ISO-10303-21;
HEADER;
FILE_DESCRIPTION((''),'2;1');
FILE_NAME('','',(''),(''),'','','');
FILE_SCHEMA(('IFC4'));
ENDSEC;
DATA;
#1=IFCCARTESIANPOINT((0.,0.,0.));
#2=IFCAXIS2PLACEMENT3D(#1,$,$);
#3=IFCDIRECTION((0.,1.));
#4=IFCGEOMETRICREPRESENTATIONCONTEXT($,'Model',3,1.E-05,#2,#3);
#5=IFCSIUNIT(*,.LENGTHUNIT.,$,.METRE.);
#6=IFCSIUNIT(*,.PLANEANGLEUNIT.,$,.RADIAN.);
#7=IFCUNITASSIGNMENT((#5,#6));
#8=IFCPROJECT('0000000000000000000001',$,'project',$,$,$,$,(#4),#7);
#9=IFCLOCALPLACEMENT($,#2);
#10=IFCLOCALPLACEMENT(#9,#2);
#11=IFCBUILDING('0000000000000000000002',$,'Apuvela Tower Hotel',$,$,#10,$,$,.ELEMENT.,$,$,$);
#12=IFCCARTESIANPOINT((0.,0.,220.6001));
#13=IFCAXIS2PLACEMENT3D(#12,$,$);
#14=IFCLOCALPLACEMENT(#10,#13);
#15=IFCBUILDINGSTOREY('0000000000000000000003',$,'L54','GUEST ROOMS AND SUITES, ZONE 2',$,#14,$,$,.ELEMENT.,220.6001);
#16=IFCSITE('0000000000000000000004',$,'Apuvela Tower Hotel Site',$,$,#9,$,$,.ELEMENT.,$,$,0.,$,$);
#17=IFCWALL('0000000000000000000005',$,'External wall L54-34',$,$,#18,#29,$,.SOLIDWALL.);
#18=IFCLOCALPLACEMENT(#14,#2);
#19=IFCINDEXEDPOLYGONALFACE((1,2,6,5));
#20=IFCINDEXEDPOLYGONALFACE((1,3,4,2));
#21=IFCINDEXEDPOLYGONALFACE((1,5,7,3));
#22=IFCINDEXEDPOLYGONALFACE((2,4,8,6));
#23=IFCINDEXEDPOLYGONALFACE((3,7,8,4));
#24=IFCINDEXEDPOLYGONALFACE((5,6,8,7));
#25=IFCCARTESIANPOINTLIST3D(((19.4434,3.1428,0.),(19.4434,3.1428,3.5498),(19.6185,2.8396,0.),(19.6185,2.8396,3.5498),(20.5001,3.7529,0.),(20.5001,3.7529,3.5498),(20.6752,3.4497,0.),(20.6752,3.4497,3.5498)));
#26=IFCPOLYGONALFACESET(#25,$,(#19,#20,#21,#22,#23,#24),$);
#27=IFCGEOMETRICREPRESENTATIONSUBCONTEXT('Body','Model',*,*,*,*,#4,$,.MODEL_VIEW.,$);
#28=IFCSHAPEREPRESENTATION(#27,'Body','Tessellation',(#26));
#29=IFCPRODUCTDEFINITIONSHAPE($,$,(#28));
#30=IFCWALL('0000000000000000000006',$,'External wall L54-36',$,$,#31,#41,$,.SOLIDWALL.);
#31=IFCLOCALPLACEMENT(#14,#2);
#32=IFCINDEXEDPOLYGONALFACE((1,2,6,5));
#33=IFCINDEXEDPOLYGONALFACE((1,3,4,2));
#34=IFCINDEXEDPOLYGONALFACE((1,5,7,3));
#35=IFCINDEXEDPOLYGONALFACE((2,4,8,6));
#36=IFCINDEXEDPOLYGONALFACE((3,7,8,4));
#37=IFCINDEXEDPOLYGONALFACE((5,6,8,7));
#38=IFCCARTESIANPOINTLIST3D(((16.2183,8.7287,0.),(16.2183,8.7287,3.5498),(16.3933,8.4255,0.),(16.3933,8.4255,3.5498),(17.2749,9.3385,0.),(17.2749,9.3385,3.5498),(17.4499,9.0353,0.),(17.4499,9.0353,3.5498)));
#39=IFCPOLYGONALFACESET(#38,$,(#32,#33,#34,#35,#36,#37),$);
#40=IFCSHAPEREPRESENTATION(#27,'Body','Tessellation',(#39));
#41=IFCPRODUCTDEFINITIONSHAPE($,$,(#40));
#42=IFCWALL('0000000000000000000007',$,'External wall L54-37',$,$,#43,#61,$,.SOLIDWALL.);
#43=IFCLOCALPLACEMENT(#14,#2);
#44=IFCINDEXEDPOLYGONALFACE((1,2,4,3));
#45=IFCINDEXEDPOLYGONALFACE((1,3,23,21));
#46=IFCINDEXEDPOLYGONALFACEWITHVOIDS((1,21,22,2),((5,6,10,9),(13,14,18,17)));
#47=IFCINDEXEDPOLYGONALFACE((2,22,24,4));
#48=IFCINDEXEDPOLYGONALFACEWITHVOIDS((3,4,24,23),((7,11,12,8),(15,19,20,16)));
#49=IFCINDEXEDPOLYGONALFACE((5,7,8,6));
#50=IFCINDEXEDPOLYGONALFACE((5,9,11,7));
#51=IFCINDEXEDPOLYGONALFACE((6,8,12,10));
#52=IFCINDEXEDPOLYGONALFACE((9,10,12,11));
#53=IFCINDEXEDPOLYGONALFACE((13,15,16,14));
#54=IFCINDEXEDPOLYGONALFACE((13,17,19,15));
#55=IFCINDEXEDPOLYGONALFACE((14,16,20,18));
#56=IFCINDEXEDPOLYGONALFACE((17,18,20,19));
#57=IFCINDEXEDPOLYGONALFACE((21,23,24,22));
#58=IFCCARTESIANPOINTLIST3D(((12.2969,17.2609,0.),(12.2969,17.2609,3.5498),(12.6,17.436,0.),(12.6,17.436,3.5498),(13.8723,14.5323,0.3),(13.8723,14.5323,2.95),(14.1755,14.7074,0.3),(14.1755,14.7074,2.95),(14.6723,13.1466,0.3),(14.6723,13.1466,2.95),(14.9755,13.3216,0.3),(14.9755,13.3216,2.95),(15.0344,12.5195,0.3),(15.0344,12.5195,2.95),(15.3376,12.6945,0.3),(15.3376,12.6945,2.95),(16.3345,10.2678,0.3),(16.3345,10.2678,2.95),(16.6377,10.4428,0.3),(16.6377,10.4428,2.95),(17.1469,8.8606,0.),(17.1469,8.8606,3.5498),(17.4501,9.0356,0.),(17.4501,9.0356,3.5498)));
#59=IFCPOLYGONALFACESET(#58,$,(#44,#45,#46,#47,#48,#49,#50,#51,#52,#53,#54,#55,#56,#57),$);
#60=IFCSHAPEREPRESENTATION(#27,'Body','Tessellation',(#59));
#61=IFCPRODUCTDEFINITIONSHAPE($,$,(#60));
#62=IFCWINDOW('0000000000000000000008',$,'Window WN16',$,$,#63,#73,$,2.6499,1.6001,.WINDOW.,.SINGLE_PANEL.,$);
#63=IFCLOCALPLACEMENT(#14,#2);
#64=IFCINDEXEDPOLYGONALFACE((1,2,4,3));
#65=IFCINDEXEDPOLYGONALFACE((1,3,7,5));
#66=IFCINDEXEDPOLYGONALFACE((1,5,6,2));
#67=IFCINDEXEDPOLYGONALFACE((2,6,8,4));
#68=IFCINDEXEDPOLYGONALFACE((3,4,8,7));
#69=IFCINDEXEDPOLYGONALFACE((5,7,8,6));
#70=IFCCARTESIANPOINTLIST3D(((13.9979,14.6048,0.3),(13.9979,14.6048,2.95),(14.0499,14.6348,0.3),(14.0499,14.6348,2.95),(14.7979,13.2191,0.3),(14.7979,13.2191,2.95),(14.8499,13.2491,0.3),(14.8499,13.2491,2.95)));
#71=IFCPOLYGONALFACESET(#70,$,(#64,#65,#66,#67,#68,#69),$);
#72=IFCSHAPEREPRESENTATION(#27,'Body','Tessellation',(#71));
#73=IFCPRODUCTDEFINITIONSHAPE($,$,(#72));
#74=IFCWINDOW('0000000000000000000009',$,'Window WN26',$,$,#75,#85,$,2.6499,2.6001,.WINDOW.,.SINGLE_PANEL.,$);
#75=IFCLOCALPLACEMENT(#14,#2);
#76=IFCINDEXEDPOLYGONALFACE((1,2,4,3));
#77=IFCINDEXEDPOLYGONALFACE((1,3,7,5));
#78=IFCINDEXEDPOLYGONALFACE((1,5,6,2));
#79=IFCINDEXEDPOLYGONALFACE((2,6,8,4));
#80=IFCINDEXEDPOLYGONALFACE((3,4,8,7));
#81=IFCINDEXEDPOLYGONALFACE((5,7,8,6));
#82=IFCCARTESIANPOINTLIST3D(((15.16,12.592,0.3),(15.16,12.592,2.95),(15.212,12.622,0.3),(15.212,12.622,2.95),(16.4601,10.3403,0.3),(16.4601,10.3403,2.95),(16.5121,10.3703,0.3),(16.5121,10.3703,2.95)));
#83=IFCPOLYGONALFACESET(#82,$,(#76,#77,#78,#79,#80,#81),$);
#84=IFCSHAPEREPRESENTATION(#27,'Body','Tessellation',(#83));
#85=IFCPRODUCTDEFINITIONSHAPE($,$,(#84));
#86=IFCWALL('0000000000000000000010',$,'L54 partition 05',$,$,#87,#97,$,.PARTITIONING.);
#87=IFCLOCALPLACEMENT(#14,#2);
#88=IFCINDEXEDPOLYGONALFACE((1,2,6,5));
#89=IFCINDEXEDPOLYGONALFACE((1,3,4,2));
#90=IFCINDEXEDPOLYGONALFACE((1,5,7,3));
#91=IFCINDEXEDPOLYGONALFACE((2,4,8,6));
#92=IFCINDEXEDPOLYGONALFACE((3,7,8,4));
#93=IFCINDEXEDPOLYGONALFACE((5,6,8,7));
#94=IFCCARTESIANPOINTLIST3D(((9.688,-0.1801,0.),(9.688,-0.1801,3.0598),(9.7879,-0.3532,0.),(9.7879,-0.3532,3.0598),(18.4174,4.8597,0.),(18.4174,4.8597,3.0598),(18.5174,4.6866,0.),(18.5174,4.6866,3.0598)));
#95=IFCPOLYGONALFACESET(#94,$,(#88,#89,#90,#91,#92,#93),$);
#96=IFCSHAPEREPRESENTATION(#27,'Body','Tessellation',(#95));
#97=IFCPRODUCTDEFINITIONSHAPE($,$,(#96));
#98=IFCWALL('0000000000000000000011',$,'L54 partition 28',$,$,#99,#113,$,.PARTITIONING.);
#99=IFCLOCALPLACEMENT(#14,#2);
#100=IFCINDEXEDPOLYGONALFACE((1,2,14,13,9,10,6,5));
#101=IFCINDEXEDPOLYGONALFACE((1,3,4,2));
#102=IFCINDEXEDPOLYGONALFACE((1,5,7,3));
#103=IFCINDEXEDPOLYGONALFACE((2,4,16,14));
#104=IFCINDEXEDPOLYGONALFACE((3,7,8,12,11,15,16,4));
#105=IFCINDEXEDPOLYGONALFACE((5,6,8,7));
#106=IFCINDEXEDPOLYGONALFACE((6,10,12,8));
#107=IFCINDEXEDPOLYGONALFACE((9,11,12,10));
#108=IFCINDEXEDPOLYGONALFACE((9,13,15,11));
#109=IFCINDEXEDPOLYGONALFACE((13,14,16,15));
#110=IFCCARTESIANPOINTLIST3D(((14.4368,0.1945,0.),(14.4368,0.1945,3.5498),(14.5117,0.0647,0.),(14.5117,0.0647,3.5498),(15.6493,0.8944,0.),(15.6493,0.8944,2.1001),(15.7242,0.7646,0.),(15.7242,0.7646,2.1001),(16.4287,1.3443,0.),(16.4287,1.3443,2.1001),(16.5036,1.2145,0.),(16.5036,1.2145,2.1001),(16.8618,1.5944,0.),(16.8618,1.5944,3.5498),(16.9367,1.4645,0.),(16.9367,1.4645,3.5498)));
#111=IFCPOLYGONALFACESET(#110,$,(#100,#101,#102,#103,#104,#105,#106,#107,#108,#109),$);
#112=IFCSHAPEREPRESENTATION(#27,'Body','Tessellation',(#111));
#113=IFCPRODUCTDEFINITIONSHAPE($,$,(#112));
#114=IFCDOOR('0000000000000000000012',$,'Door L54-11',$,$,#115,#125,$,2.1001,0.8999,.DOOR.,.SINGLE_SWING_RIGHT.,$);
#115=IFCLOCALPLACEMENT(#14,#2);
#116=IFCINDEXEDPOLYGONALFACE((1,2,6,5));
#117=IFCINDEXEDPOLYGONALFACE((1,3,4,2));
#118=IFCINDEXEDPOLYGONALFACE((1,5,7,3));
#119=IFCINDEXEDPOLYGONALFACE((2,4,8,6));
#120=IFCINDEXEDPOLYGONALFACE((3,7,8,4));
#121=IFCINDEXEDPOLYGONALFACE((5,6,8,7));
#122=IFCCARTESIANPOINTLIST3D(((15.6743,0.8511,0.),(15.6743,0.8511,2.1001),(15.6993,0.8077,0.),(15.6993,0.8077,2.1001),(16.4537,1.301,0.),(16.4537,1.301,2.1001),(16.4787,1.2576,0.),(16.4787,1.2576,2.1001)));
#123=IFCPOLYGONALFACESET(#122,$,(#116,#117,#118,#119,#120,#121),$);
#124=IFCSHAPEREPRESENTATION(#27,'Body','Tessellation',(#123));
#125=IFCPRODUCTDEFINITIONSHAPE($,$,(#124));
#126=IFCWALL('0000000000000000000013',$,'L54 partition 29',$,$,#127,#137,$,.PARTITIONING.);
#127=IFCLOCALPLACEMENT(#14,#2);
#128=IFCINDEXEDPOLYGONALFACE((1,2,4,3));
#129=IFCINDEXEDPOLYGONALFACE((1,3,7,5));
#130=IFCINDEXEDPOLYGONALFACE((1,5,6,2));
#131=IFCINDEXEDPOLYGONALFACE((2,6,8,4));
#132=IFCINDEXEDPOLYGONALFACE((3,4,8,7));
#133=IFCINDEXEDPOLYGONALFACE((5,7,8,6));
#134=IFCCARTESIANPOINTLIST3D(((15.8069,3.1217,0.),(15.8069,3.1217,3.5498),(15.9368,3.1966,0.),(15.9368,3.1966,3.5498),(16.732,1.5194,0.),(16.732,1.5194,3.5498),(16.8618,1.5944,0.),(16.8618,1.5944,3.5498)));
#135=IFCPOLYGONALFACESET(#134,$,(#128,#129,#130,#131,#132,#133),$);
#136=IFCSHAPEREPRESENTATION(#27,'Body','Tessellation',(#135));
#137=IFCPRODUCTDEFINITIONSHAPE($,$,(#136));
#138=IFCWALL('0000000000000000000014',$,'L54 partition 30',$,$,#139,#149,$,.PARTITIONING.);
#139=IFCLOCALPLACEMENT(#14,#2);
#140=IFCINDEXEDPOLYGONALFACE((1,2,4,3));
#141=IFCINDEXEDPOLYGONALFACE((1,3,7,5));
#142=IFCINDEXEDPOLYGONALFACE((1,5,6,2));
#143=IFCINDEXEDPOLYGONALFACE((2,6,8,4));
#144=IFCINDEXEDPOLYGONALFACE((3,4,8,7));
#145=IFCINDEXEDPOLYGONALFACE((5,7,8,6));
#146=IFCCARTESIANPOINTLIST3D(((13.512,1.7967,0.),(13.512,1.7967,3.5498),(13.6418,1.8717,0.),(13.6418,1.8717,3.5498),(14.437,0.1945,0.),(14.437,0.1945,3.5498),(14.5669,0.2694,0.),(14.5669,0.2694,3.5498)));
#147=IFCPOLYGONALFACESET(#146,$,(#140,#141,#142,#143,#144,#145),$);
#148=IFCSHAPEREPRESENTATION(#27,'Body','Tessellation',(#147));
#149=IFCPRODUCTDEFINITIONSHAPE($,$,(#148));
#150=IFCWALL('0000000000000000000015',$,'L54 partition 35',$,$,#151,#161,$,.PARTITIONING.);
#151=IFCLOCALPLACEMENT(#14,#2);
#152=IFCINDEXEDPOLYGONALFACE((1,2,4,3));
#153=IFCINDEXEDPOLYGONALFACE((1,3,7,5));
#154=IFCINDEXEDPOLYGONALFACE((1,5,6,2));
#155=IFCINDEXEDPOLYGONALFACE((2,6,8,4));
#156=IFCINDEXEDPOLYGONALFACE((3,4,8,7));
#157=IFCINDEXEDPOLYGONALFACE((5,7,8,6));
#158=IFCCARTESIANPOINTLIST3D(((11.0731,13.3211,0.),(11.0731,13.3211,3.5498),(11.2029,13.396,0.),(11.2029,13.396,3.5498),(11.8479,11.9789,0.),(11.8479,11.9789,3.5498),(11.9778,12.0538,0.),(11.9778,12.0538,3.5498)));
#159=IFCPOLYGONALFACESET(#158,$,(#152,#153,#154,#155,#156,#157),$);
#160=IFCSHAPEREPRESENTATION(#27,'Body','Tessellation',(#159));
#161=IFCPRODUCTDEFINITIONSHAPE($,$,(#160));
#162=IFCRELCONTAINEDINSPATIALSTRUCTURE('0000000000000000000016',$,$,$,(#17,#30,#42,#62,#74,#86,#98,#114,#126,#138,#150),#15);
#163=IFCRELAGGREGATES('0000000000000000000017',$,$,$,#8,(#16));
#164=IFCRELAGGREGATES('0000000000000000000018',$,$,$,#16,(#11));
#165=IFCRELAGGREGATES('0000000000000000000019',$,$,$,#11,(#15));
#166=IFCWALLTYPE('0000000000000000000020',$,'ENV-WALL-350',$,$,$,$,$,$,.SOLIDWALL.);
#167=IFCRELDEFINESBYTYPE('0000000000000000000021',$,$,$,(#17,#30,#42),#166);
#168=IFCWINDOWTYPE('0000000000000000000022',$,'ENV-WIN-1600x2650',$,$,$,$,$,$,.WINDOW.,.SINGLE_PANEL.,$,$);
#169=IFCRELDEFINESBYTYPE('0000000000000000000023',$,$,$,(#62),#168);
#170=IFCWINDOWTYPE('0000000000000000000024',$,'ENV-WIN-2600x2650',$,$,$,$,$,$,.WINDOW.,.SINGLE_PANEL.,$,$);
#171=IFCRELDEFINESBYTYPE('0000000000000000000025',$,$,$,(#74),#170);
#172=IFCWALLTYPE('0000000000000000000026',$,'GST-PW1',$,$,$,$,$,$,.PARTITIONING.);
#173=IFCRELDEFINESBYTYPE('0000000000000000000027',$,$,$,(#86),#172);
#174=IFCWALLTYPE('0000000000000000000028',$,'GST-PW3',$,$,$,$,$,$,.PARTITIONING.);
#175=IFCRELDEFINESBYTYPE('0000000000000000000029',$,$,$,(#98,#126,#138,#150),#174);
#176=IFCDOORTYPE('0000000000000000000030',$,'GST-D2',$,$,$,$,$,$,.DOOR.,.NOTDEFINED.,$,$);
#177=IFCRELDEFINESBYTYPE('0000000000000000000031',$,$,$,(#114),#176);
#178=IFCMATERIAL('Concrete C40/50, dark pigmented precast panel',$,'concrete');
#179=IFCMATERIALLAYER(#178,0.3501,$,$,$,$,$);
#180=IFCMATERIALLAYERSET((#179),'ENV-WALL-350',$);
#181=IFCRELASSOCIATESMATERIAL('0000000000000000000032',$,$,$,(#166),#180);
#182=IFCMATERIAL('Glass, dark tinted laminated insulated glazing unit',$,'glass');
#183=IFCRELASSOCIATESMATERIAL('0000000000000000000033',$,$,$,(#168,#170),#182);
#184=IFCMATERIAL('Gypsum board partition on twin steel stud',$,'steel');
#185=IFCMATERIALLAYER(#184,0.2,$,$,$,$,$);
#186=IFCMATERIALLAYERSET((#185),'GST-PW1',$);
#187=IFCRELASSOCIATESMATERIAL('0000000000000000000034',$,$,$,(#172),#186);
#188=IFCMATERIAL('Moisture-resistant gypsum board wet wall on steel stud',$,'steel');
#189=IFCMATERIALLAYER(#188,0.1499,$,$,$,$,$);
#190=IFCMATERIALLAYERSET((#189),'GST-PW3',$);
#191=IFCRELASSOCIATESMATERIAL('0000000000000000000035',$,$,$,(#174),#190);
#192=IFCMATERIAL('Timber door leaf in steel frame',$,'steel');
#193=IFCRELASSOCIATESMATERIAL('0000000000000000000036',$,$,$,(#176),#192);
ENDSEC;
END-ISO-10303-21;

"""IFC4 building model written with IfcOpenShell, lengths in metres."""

from ifc_helpers import new_model, si_unit, direction, frame, frame_2d, origin, place, context, subcontext, project, spatial, rectangle, extrude, material, layer, layer_set, type_object, element, fill, save


model = new_model("IFC4")

# Units and contexts
model_context = context("Model", 3, precision=1e-05, world=origin(), true_north=direction((0.0, 1.0)))
body_context = subcontext(model_context, "Body", "Model", "MODEL_VIEW")
ifc_project = project(units=[si_unit("LENGTHUNIT", "METRE"), si_unit("PLANEANGLEUNIT", "RADIAN")], contexts=[model_context])

# Site, building, storey
site_placement = place(None, origin())
site = spatial("IfcSite", under=ifc_project, at=site_placement, Name="Apuvela Tower Hotel Site", CompositionType="ELEMENT", RefElevation=0.0)
building_placement = place(site_placement, origin())
building = spatial("IfcBuilding", under=site, at=building_placement, Name="Apuvela Tower Hotel", CompositionType="ELEMENT")
storey_placement = place(building_placement, frame((0.0, 0.0, 220.6001)))
storey = spatial("IfcBuildingStorey", under=building, at=storey_placement, Name="L54", Description="GUEST ROOMS AND SUITES, ZONE 2", CompositionType="ELEMENT", Elevation=220.6001)

# Wall
ifc_material_1 = material(Name="Concrete C40/50, dark pigmented precast panel", Category="concrete")
ifc_layer_1 = layer(ifc_material_1, 0.3501)
ifc_layer_set_1 = layer_set([ifc_layer_1], Name="ENV-WALL-350")
wall_type_1 = type_object("IfcWallType", Name="ENV-WALL-350", PredefinedType="SOLIDWALL", material=ifc_layer_set_1)
wall_1_placement = place(storey_placement, frame((20.5876, 3.6013, 0.0), z_axis=(0.0, 0.0, 1.0), x_axis=(-0.866006, -0.500034, 0.0)))
element("IfcWall", 1, at=wall_1_placement, inside=storey, type_object=wall_type_1, Name="External wall L54-34", PredefinedType="SOLIDWALL", context=body_context, shape_type="SweptSolid", body=[
    extrude(rectangle(XDim=1.2202, YDim=0.3501, at=frame_2d((0.6101, 0.0))), origin(), (0.0, 0.0, 1.0), 3.5498),
])

# Shared definitions
ifc_material_2 = material(Name="Glass, dark tinted laminated insulated glazing unit", Category="glass")

# Wall
wall_2_placement = place(storey_placement, frame((16.3059, 8.5771, 0.0), z_axis=(0.0, 0.0, 1.0), x_axis=(0.866092, 0.499884, 0.0)))
element("IfcWall", 2, at=wall_2_placement, inside=storey, type_object=wall_type_1, Name="External wall L54-36", PredefinedType="SOLIDWALL", context=body_context, shape_type="SweptSolid", body=[
    extrude(rectangle(XDim=1.22, YDim=0.3501, at=frame_2d((0.6099, 0.0))), origin(), (0.0, 0.0, 1.0), 3.5498),
])

# Wall, openings, windows
wall_3_placement = place(storey_placement, frame((17.2986, 8.948, 0.0), z_axis=(0.0, 0.0, 1.0), x_axis=(-0.50001, 0.86602, 0.0)))
wall_3 = element("IfcWall", 3, at=wall_3_placement, inside=storey, type_object=wall_type_1, Name="External wall L54-37", PredefinedType="SOLIDWALL", context=body_context, shape_type="SweptSolid", body=[
    extrude(rectangle(XDim=9.7, YDim=0.3501, at=frame_2d((4.8501, 0.0))), origin(), (0.0, 0.0, 1.0), 3.5498),
])
opening_1_placement = place(wall_3_placement, frame((1.625, 0.0, 0.3)))
opening_1 = element("IfcOpeningElement", 4, at=opening_1_placement, cuts=wall_3, PredefinedType="OPENING", context=body_context, shape_type="SweptSolid", body=[
    extrude(rectangle(XDim=2.6001, YDim=2.6499, at=frame_2d((1.3, 1.325))), frame((0.0, 0.1851, 0.0), z_axis=(0.0, -1.0, 0.0), x_axis=(1.0, 0.0, 0.0)), (0.0, 0.0, 1.0), 0.3701),
])
opening_2_placement = place(wall_3_placement, frame((4.9492, 0.0, 0.3)))
opening_2 = element("IfcOpeningElement", 5, at=opening_2_placement, cuts=wall_3, PredefinedType="OPENING", context=body_context, shape_type="SweptSolid", body=[
    extrude(rectangle(XDim=1.6001, YDim=2.6499, at=frame_2d((0.8, 1.325))), frame((0.0, 0.1851, 0.0), z_axis=(0.0, -1.0, 0.0), x_axis=(1.0, 0.0, 0.0)), (0.0, 0.0, 1.0), 0.3701),
])
window_type_1 = type_object("IfcWindowType", Name="ENV-WIN-1600x2650", PartitioningType="SINGLE_PANEL", PredefinedType="WINDOW", material=ifc_material_2)
window_1_placement = place(opening_2_placement, origin())
window_1 = element("IfcWindow", 6, at=window_1_placement, inside=storey, type_object=window_type_1, Name="Window WN16", OverallHeight=2.6499, OverallWidth=1.6001, PartitioningType="SINGLE_PANEL", PredefinedType="WINDOW", context=body_context, shape_type="SweptSolid", body=[
    extrude(rectangle(XDim=1.6001, YDim=2.6499, at=frame_2d((0.8, 1.325))), frame((0.0, 0.03, 0.0), z_axis=(0.0, -1.0, 0.0), x_axis=(1.0, 0.0, 0.0)), (0.0, 0.0, 1.0), 0.0601),
])
fill(opening_2, window_1)
window_type_2 = type_object("IfcWindowType", Name="ENV-WIN-2600x2650", PartitioningType="SINGLE_PANEL", PredefinedType="WINDOW", material=ifc_material_2)
window_2_placement = place(opening_1_placement, origin())
window_2 = element("IfcWindow", 7, at=window_2_placement, inside=storey, type_object=window_type_2, Name="Window WN26", OverallHeight=2.6499, OverallWidth=2.6001, PartitioningType="SINGLE_PANEL", PredefinedType="WINDOW", context=body_context, shape_type="SweptSolid", body=[
    extrude(rectangle(XDim=2.6001, YDim=2.6499, at=frame_2d((1.3, 1.325))), frame((0.0, 0.03, 0.0), z_axis=(0.0, -1.0, 0.0), x_axis=(1.0, 0.0, 0.0)), (0.0, 0.0, 1.0), 0.0601),
])
fill(opening_1, window_2)

# Wall
ifc_material_3 = material(Name="Gypsum board partition on twin steel stud", Category="steel")
ifc_layer_2 = layer(ifc_material_3, 0.2)
ifc_layer_set_2 = layer_set([ifc_layer_2], Name="GST-PW1")
wall_type_2 = type_object("IfcWallType", Name="GST-PW1", PredefinedType="PARTITIONING", material=ifc_layer_set_2)
wall_4_placement = place(storey_placement, frame((18.4675, 4.7732, 0.0), z_axis=(0.0, 0.0, 1.0), x_axis=(-0.866033, -0.499987, 0.0)))
element("IfcWall", 8, at=wall_4_placement, inside=storey, type_object=wall_type_2, Name="L54 partition 05", PredefinedType="PARTITIONING", context=body_context, shape_type="SweptSolid", body=[
    extrude(rectangle(XDim=10.0798, YDim=0.2, at=frame_2d((5.04, 0.0))), origin(), (0.0, 0.0, 1.0), 3.0598),
])

# Wall, opening, door
ifc_material_4 = material(Name="Moisture-resistant gypsum board wet wall on steel stud", Category="steel")
ifc_layer_3 = layer(ifc_material_4, 0.1499)
ifc_layer_set_3 = layer_set([ifc_layer_3], Name="GST-PW3")
wall_type_3 = type_object("IfcWallType", Name="GST-PW3", PredefinedType="PARTITIONING", material=ifc_layer_set_3)
wall_5_placement = place(storey_placement, frame((14.4744, 0.1296, 0.0), z_axis=(0.0, 0.0, 1.0), x_axis=(0.866056, 0.499946, 0.0)))
wall_5 = element("IfcWall", 9, at=wall_5_placement, inside=storey, type_object=wall_type_3, Name="L54 partition 28", PredefinedType="PARTITIONING", context=body_context, shape_type="SweptSolid", body=[
    extrude(rectangle(XDim=2.8, YDim=0.1499, at=frame_2d((1.3999, 0.0))), origin(), (0.0, 0.0, 1.0), 3.5498),
])
opening_3_placement = place(wall_5_placement, frame((1.3999, 0.0, 0.0)))
opening_3 = element("IfcOpeningElement", 10, at=opening_3_placement, cuts=wall_5, PredefinedType="OPENING", context=body_context, shape_type="SweptSolid", body=[
    extrude(rectangle(XDim=0.8999, YDim=2.1001, at=frame_2d((0.45, 1.05))), frame((0.0, 0.085, 0.0), z_axis=(0.0, -1.0, 0.0), x_axis=(1.0, 0.0, 0.0)), (0.0, 0.0, 1.0), 0.1699),
])
ifc_material_5 = material(Name="Timber door leaf in steel frame", Category="steel")
door_type_1 = type_object("IfcDoorType", Name="GST-D2", OperationType="NOTDEFINED", PredefinedType="DOOR", material=ifc_material_5)
door_1_placement = place(opening_3_placement, origin())
door_1 = element("IfcDoor", 11, at=door_1_placement, inside=storey, type_object=door_type_1, Name="Door L54-11", OperationType="SINGLE_SWING_RIGHT", OverallHeight=2.1001, OverallWidth=0.8999, PredefinedType="DOOR", context=body_context, shape_type="SweptSolid", body=[
    extrude(rectangle(XDim=0.8999, YDim=2.1001, at=frame_2d((0.45, 1.05))), frame((0.0, 0.0249, 0.0), z_axis=(0.0, -1.0, 0.0), x_axis=(1.0, 0.0, 0.0)), (0.0, 0.0, 1.0), 0.05),
])
fill(opening_3, door_1)

# Walls
for number, where, z_axis, x_axis, name in (
    (12, (16.7969, 1.5569, 0.0), (0.0, 0.0, 1.0), (-0.499985, 0.866034, 0.0), "L54 partition 29"),
    (13, (14.502, 0.2319, 0.0), (0.0, 0.0, 1.0), (-0.499985, 0.866034, 0.0), "L54 partition 30"),
):
    element("IfcWall", number, at=place(storey_placement, frame(where, z_axis=z_axis, x_axis=x_axis)), inside=storey, type_object=wall_type_3, Name=name, PredefinedType="PARTITIONING", context=body_context, shape_type="SweptSolid", body=[
        extrude(rectangle(XDim=1.8501, YDim=0.1499, at=frame_2d((0.925, 0.0))), origin(), (0.0, 0.0, 1.0), 3.5498),
    ])
wall_6_placement = place(storey_placement, frame((11.9128, 12.0164, 0.0), z_axis=(0.0, 0.0, 1.0), x_axis=(-0.499968, 0.866044, 0.0)))
element("IfcWall", 14, at=wall_6_placement, inside=storey, type_object=wall_type_3, Name="L54 partition 35", PredefinedType="PARTITIONING", context=body_context, shape_type="SweptSolid", body=[
    extrude(rectangle(XDim=1.5498, YDim=0.1499, at=frame_2d((0.7749, 0.0))), origin(), (0.0, 0.0, 1.0), 3.5498),
])

save(model, "model.ifc")
